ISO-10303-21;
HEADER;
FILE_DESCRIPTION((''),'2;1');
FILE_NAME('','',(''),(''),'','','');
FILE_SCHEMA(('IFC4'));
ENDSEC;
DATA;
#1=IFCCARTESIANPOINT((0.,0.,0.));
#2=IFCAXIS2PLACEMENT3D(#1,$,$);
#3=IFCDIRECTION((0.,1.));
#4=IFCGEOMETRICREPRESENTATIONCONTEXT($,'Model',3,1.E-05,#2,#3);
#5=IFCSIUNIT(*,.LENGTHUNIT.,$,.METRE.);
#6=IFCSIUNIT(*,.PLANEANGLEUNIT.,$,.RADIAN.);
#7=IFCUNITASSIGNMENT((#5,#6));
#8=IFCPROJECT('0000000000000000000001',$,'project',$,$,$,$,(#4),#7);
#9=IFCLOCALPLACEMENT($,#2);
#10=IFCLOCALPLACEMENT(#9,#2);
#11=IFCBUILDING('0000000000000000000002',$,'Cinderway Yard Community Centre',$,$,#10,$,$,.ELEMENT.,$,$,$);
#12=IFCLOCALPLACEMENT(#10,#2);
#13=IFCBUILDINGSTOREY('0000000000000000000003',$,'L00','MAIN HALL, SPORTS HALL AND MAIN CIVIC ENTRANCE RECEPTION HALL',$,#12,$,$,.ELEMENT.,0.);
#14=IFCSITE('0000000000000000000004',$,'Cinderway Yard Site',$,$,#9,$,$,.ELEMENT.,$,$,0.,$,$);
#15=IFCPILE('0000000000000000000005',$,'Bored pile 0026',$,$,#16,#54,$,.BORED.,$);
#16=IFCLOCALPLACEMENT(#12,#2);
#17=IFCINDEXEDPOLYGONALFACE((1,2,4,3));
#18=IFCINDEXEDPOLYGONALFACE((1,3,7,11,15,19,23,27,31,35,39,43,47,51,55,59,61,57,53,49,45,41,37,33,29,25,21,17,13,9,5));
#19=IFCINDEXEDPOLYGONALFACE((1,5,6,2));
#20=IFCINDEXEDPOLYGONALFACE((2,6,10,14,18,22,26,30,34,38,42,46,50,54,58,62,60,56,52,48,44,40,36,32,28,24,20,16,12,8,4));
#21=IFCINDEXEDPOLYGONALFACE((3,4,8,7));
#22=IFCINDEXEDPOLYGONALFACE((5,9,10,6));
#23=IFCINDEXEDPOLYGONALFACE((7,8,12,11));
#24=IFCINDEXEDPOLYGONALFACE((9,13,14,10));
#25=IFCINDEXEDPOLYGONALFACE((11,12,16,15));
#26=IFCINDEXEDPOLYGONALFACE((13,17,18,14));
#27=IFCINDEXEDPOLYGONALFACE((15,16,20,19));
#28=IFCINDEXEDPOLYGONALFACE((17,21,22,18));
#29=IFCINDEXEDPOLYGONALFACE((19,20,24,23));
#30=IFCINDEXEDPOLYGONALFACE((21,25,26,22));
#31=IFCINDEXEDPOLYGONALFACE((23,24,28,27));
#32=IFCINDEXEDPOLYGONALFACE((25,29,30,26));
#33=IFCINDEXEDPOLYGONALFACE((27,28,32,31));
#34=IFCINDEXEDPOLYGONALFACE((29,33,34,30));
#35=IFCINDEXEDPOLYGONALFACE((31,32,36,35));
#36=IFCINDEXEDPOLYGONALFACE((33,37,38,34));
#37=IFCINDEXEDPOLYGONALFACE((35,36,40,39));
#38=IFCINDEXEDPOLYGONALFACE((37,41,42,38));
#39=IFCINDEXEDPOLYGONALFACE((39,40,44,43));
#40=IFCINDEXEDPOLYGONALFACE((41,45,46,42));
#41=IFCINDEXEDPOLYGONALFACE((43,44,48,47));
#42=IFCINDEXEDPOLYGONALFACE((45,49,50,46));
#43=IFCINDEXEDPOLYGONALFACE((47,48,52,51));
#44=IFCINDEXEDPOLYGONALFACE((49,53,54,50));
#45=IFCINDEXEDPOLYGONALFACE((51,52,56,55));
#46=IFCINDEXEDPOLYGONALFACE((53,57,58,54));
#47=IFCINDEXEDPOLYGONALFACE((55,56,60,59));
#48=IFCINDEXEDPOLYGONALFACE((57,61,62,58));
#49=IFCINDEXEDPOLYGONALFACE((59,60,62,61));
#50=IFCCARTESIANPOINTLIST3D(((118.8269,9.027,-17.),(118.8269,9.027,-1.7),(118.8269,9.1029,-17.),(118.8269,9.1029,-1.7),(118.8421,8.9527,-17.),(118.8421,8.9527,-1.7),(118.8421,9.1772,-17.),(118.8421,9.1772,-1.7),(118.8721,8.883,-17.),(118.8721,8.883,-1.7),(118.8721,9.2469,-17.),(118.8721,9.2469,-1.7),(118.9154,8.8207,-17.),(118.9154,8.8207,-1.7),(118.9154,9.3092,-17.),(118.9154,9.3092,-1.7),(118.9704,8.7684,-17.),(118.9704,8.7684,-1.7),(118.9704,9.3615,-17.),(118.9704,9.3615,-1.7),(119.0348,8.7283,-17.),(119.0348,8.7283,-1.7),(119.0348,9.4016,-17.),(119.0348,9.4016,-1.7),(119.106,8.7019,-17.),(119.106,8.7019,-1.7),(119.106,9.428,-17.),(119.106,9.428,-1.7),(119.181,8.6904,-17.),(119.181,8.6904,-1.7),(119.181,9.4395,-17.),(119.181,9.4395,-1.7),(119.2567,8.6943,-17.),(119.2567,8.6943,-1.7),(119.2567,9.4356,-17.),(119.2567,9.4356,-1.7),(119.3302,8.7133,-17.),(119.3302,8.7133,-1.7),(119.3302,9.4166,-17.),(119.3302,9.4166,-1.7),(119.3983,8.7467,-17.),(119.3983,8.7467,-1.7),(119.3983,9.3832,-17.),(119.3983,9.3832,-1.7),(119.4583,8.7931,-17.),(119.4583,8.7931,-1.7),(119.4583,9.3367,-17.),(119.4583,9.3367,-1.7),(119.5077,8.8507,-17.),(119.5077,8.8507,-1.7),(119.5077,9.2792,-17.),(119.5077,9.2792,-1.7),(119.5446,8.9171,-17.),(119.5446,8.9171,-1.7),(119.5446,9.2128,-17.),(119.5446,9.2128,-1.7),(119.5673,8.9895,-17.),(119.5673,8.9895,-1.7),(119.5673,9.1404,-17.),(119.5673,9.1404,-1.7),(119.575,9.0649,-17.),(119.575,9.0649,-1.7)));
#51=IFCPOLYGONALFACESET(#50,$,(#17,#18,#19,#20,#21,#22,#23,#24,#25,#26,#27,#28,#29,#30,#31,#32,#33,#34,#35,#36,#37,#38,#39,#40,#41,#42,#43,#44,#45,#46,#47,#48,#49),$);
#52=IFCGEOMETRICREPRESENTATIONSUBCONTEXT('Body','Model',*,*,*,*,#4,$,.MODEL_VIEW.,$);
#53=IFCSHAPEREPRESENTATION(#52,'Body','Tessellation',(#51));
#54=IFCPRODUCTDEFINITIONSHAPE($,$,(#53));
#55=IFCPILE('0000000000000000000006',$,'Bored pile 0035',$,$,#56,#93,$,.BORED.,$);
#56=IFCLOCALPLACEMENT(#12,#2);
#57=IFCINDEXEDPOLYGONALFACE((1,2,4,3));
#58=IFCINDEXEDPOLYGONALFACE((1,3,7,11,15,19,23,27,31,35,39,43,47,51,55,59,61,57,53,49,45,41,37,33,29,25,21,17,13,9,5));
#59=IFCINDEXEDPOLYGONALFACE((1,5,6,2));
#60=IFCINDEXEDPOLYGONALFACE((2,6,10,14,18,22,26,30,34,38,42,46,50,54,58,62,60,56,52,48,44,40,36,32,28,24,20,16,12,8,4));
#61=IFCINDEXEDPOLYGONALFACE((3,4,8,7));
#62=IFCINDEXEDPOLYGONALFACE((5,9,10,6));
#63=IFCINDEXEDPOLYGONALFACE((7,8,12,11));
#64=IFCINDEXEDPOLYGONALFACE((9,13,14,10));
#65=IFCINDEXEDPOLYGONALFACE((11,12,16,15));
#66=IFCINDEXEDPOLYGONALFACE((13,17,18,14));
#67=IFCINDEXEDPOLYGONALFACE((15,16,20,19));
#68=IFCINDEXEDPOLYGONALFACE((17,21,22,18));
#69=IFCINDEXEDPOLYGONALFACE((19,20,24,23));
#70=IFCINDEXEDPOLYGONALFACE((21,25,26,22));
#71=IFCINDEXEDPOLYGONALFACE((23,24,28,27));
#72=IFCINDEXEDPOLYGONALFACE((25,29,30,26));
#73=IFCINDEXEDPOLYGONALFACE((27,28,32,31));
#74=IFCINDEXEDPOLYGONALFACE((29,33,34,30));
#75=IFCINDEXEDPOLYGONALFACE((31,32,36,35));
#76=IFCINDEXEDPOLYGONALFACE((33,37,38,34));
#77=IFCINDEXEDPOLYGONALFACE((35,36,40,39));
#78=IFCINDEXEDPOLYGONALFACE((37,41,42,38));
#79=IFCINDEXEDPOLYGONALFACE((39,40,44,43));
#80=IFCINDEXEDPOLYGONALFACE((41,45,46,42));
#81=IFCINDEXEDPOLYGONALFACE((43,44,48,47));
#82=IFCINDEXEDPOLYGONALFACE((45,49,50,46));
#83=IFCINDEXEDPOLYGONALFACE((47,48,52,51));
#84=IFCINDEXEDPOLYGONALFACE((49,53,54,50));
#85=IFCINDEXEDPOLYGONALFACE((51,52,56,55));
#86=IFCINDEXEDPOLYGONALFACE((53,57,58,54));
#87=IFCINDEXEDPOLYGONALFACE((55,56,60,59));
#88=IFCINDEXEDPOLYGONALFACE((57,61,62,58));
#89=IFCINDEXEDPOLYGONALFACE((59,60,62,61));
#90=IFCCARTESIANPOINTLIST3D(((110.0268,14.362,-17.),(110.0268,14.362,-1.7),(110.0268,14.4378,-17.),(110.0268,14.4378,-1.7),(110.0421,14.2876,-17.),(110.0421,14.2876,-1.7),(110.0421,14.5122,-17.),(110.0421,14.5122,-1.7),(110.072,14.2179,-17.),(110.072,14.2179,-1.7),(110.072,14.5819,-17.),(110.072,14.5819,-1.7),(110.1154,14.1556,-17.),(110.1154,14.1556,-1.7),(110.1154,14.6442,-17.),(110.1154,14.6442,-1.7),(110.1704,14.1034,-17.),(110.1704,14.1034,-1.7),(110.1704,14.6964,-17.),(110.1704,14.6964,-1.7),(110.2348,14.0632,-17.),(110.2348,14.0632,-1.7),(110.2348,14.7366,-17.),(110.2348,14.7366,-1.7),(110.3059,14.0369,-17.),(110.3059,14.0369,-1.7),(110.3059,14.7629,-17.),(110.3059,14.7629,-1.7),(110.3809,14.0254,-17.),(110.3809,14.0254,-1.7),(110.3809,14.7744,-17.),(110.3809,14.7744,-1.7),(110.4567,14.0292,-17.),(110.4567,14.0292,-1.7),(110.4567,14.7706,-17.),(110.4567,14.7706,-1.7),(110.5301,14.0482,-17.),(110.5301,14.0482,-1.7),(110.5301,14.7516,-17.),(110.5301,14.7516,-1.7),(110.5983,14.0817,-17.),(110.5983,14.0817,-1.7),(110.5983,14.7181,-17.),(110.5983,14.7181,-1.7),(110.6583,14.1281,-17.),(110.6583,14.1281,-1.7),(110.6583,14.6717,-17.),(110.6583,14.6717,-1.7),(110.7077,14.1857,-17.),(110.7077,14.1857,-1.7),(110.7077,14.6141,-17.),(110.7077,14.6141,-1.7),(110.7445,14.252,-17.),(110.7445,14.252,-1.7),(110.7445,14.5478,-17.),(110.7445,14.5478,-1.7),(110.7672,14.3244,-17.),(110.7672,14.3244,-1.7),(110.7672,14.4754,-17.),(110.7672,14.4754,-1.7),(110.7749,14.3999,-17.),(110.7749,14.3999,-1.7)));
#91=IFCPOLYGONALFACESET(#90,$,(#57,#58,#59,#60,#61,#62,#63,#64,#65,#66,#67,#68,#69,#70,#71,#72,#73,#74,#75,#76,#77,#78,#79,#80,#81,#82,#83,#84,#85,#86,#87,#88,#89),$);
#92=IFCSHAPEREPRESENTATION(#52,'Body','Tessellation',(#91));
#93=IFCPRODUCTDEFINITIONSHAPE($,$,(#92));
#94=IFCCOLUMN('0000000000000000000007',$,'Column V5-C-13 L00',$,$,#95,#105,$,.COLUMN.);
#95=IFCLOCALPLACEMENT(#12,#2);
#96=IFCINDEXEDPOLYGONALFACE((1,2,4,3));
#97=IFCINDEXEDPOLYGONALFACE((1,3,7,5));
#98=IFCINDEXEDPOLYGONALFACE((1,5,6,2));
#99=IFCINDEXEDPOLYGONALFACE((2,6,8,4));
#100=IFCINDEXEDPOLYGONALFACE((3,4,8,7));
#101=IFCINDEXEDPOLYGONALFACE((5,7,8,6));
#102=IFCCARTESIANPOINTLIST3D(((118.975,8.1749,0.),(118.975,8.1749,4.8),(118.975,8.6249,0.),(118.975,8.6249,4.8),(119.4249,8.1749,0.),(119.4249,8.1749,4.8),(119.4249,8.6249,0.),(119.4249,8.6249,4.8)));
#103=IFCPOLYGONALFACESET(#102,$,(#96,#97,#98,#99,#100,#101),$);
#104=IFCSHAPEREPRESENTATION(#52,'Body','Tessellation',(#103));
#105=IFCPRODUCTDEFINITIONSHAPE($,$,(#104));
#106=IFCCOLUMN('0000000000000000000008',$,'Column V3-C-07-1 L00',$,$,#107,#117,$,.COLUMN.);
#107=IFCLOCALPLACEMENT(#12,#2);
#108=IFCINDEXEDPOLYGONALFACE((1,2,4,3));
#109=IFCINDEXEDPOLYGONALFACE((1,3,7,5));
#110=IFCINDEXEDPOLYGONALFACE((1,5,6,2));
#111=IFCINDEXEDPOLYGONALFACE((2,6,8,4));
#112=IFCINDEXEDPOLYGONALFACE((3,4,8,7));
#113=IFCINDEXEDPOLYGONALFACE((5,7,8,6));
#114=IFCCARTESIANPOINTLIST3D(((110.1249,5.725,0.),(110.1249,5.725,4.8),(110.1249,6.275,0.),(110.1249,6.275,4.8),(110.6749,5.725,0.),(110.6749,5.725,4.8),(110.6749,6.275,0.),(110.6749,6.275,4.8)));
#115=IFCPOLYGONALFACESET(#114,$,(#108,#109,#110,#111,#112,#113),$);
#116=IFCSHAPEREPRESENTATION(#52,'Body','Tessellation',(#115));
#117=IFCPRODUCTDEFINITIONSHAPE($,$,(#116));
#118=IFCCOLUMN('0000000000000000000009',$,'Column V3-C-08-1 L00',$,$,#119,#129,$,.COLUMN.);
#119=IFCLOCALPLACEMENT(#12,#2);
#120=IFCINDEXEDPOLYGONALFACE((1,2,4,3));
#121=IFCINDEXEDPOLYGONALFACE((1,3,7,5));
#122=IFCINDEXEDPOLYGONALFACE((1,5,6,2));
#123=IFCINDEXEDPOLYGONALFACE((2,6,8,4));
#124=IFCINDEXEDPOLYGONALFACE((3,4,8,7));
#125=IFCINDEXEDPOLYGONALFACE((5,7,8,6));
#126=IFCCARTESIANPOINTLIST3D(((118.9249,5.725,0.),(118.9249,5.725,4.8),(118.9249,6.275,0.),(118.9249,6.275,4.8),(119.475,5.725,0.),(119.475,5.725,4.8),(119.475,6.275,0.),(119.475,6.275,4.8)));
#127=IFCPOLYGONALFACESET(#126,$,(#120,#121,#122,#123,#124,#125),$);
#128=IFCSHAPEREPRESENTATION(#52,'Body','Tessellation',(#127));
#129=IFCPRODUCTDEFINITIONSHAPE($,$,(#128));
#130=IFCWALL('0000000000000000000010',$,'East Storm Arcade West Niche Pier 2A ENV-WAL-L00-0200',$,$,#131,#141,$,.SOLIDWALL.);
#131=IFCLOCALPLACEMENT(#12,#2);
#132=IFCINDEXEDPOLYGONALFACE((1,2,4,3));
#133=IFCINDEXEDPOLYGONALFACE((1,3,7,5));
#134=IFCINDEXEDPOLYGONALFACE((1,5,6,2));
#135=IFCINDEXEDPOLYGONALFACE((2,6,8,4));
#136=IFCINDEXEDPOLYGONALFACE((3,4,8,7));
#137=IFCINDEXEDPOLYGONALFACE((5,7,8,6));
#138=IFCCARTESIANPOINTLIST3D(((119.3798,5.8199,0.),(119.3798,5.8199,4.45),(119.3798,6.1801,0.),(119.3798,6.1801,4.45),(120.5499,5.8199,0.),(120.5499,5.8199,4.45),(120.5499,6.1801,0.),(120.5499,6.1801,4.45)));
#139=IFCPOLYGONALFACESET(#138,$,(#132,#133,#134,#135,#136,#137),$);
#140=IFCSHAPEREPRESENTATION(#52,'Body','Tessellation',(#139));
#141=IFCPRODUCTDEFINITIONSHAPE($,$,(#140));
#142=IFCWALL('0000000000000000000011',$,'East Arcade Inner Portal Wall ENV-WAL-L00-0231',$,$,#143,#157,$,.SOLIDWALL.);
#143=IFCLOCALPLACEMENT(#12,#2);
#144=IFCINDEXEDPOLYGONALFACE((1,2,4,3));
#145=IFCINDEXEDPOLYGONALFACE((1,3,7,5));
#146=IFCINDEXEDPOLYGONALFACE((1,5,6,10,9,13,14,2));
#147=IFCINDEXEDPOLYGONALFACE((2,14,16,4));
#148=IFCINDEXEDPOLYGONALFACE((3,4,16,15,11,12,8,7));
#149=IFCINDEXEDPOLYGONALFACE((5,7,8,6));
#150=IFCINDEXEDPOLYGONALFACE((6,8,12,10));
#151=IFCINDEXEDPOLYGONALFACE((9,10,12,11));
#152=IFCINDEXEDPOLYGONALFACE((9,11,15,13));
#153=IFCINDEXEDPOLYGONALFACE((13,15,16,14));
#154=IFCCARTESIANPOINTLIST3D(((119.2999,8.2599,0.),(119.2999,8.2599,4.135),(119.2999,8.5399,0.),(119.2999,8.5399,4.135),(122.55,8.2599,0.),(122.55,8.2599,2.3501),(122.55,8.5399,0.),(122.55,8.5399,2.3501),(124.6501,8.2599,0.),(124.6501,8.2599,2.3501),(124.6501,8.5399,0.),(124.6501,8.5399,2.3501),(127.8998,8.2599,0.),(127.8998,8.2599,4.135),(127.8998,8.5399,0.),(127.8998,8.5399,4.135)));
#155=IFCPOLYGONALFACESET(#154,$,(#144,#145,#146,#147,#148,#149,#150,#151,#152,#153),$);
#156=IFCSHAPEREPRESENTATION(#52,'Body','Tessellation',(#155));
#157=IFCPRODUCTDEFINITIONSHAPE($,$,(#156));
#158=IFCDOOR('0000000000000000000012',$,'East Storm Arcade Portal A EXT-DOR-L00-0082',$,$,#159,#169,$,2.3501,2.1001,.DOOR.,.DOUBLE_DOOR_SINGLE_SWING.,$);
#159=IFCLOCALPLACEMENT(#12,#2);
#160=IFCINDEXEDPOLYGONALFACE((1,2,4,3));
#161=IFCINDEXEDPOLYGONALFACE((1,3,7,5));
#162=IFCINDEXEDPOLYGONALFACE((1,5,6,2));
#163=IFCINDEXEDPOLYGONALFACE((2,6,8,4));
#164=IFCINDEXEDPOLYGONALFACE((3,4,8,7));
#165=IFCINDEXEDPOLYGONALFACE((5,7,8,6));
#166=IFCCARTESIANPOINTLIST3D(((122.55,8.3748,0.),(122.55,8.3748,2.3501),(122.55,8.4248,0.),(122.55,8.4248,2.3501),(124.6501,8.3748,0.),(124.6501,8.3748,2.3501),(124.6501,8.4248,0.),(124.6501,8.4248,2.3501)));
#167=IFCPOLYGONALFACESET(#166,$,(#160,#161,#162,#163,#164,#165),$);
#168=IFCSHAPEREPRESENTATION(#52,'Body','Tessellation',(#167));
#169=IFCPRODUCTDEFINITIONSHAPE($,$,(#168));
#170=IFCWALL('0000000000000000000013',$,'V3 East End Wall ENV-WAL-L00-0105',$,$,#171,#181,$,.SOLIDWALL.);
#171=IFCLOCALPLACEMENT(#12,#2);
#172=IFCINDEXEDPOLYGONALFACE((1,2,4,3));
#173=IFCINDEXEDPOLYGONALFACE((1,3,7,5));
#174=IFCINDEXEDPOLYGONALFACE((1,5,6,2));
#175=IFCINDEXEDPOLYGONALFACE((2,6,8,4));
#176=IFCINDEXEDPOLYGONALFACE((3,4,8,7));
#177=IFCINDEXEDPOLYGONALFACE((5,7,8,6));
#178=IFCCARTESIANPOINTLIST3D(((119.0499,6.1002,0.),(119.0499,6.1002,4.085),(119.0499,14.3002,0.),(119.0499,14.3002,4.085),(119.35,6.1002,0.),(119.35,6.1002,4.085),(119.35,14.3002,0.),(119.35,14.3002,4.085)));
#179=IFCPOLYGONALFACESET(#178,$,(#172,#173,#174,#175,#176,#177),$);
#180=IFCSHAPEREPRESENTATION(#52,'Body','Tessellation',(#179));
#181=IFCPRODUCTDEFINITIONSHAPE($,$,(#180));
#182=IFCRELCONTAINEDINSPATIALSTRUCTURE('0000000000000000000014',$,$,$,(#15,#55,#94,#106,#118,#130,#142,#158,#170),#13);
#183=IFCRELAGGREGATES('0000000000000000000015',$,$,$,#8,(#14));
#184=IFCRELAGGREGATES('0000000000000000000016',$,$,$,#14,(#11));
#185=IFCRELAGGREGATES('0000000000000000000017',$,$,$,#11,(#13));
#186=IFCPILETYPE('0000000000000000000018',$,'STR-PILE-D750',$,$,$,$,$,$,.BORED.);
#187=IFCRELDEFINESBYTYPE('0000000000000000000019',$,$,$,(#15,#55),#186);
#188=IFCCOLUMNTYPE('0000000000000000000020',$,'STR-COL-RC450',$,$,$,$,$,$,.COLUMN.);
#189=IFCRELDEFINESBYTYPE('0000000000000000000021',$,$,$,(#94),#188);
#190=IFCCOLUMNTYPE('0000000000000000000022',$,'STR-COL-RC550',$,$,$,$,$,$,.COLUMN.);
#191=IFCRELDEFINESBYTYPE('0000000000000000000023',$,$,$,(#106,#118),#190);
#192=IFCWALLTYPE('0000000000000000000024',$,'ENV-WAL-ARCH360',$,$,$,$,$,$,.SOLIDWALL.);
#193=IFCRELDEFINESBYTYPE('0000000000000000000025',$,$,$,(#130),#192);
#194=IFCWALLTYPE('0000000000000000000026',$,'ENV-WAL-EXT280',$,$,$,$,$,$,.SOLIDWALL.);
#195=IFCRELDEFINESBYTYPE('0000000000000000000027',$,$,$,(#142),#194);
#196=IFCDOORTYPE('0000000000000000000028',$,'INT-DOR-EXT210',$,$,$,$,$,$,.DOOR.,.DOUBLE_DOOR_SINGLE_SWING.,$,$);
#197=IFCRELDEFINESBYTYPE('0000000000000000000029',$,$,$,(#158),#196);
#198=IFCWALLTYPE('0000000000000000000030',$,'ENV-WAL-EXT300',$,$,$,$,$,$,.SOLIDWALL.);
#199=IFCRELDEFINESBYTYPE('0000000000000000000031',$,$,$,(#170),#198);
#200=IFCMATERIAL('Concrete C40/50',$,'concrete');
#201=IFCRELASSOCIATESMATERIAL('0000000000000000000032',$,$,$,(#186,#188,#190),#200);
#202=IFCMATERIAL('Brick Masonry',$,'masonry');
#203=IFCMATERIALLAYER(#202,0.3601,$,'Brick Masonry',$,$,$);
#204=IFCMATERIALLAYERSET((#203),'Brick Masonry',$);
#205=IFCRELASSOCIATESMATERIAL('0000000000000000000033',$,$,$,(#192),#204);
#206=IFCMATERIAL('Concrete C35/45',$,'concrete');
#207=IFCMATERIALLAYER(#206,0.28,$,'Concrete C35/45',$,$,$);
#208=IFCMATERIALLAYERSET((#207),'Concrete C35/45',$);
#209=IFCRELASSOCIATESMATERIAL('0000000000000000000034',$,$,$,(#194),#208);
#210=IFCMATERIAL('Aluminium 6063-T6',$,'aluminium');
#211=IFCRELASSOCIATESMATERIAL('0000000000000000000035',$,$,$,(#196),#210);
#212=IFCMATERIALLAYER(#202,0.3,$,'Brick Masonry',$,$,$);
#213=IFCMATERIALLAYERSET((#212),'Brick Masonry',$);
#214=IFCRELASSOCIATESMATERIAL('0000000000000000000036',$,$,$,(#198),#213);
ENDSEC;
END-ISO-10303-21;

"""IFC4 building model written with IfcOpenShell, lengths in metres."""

from ifc_helpers import new_model, si_unit, direction, frame, frame_2d, origin, origin_2d, place, context, subcontext, project, spatial, rectangle, circle, extrude, material, layer, layer_set, material_profile, profile_set, type_object, element, fill, save


model = new_model("IFC4")

# Units and contexts
model_context = context("Model", 3, precision=1e-05, world=origin(), true_north=direction((0.0, 1.0)))
body_context = subcontext(model_context, "Body", "Model", "MODEL_VIEW")
ifc_project = project(units=[si_unit("LENGTHUNIT", "METRE"), si_unit("PLANEANGLEUNIT", "RADIAN")], contexts=[model_context])

# Site, building, storey
site_placement = place(None, origin())
site = spatial("IfcSite", under=ifc_project, at=site_placement, Name="Cinderway Yard Site", CompositionType="ELEMENT", RefElevation=0.0)
building_placement = place(site_placement, origin())
building = spatial("IfcBuilding", under=site, at=building_placement, Name="Cinderway Yard Community Centre", CompositionType="ELEMENT")
storey_placement = place(building_placement, origin())
storey = spatial("IfcBuildingStorey", under=building, at=storey_placement, Name="L00", Description="MAIN HALL, SPORTS HALL AND MAIN CIVIC ENTRANCE RECEPTION HALL", CompositionType="ELEMENT", Elevation=0.0)

# Shared definitions
ifc_material_1 = material(Name="Concrete C40/50", Category="concrete")

# Piles
ifc_material_profile_1 = material_profile(ifc_material_1, circle(Radius=0.375, at=origin_2d()), Name="Concrete C40/50")
ifc_profile_set_1 = profile_set([ifc_material_profile_1], Name="Concrete C40/50")
pile_type_1 = type_object("IfcPileType", Name="STR-PILE-D750", PredefinedType="BORED", material=ifc_profile_set_1)
for number, where, z_axis, x_axis, name in (
    (1, (119.2, 9.0649, -1.7), (0.0, 0.0, -1.0), (1.0, 0.0, 0.0), "Bored pile 0026"),
    (2, (110.3999, 14.3999, -1.7), (0.0, 0.0, -1.0), (1.0, 0.0, 0.0), "Bored pile 0035"),
):
    element("IfcPile", number, at=place(storey_placement, frame(where, z_axis=z_axis, x_axis=x_axis)), inside=storey, type_object=pile_type_1, Name=name, PredefinedType="BORED", context=body_context, shape_type="SweptSolid", body=[
        extrude(circle(Radius=0.375, at=origin_2d()), origin(), (0.0, 0.0, 1.0), 15.3),
    ])

# Columns
ifc_material_profile_2 = material_profile(ifc_material_1, rectangle(XDim=0.45, YDim=0.45, at=origin_2d()), Name="Concrete C40/50")
ifc_profile_set_2 = profile_set([ifc_material_profile_2], Name="Concrete C40/50")
column_type_1 = type_object("IfcColumnType", Name="STR-COL-RC450", PredefinedType="COLUMN", material=ifc_profile_set_2)
column_placement = place(storey_placement, frame((119.2, 8.3999, 0.0), z_axis=(0.0, 0.0, 1.0), x_axis=(1.0, 0.0, 0.0)))
element("IfcColumn", 3, at=column_placement, inside=storey, type_object=column_type_1, Name="Column V5-C-13 L00", PredefinedType="COLUMN", context=body_context, shape_type="SweptSolid", body=[
    extrude(rectangle(XDim=0.45, YDim=0.45, at=origin_2d()), origin(), (0.0, 0.0, 1.0), 4.8),
])
ifc_material_profile_3 = material_profile(ifc_material_1, rectangle(XDim=0.55, YDim=0.55, at=origin_2d()), Name="Concrete C40/50")
ifc_profile_set_3 = profile_set([ifc_material_profile_3], Name="Concrete C40/50")
column_type_2 = type_object("IfcColumnType", Name="STR-COL-RC550", PredefinedType="COLUMN", material=ifc_profile_set_3)
for number, where, z_axis, x_axis, name in (
    (4, (110.3999, 6.0, 0.0), (0.0, 0.0, 1.0), (1.0, 0.0, 0.0), "Column V3-C-07-1 L00"),
    (5, (119.2, 6.0, 0.0), (0.0, 0.0, 1.0), (1.0, 0.0, 0.0), "Column V3-C-08-1 L00"),
):
    element("IfcColumn", number, at=place(storey_placement, frame(where, z_axis=z_axis, x_axis=x_axis)), inside=storey, type_object=column_type_2, Name=name, PredefinedType="COLUMN", context=body_context, shape_type="SweptSolid", body=[
        extrude(rectangle(XDim=0.55, YDim=0.55, at=origin_2d()), origin(), (0.0, 0.0, 1.0), 4.8),
    ])

# Wall
ifc_material_2 = material(Name="Brick Masonry", Category="masonry")
ifc_layer_1 = layer(ifc_material_2, 0.3601, Name="Brick Masonry")
ifc_layer_set_1 = layer_set([ifc_layer_1], Name="Brick Masonry")
wall_type_1 = type_object("IfcWallType", Name="ENV-WAL-ARCH360", PredefinedType="SOLIDWALL", material=ifc_layer_set_1)
wall_1_placement = place(storey_placement, frame((119.3799, 6.0, 0.0), z_axis=(0.0, 0.0, 1.0), x_axis=(1.0, 0.0, 0.0)))
element("IfcWall", 6, at=wall_1_placement, inside=storey, type_object=wall_type_1, Name="East Storm Arcade West Niche Pier 2A ENV-WAL-L00-0200", PredefinedType="SOLIDWALL", context=body_context, shape_type="SweptSolid", body=[
    extrude(rectangle(XDim=1.1702, YDim=0.3601, at=frame_2d((0.585, 0.0))), origin(), (0.0, 0.0, 1.0), 4.45),
])

# Wall, opening, door
ifc_material_3 = material(Name="Concrete C35/45", Category="concrete")
ifc_layer_2 = layer(ifc_material_3, 0.28, Name="Concrete C35/45")
ifc_layer_set_2 = layer_set([ifc_layer_2], Name="Concrete C35/45")
wall_type_2 = type_object("IfcWallType", Name="ENV-WAL-EXT280", PredefinedType="SOLIDWALL", material=ifc_layer_set_2)
wall_2_placement = place(storey_placement, frame((119.3, 8.3999, 0.0), z_axis=(0.0, 0.0, 1.0), x_axis=(1.0, 0.0, 0.0)))
wall_2 = element("IfcWall", 7, at=wall_2_placement, inside=storey, type_object=wall_type_2, Name="East Arcade Inner Portal Wall ENV-WAL-L00-0231", PredefinedType="SOLIDWALL", context=body_context, shape_type="SweptSolid", body=[
    extrude(rectangle(XDim=8.5999, YDim=0.28, at=frame_2d((4.2998, 0.0))), origin(), (0.0, 0.0, 1.0), 4.135),
])
opening_placement = place(wall_2_placement, frame((3.25, 0.0, 0.0)))
opening = element("IfcOpeningElement", 8, at=opening_placement, cuts=wall_2, PredefinedType="OPENING", context=body_context, shape_type="SweptSolid", body=[
    extrude(rectangle(XDim=2.1001, YDim=2.3501, at=frame_2d((1.05, 1.175))), frame((0.0, 0.1499, 0.0), z_axis=(0.0, -1.0, 0.0), x_axis=(1.0, 0.0, 0.0)), (0.0, 0.0, 1.0), 0.3),
])
ifc_material_4 = material(Name="Aluminium 6063-T6", Category="aluminium")
door_type = type_object("IfcDoorType", Name="INT-DOR-EXT210", OperationType="DOUBLE_DOOR_SINGLE_SWING", PredefinedType="DOOR", material=ifc_material_4)
door_placement = place(opening_placement, origin())
door = element("IfcDoor", 9, at=door_placement, inside=storey, type_object=door_type, Name="East Storm Arcade Portal A EXT-DOR-L00-0082", OperationType="DOUBLE_DOOR_SINGLE_SWING", OverallHeight=2.3501, OverallWidth=2.1001, PredefinedType="DOOR", context=body_context, shape_type="SweptSolid", body=[
    extrude(rectangle(XDim=2.1001, YDim=2.3501, at=frame_2d((1.05, 1.175))), frame((0.0, 0.0249, 0.0), z_axis=(0.0, -1.0, 0.0), x_axis=(1.0, 0.0, 0.0)), (0.0, 0.0, 1.0), 0.05),
])
fill(opening, door)

# Wall
ifc_layer_3 = layer(ifc_material_2, 0.3, Name="Brick Masonry")
ifc_layer_set_3 = layer_set([ifc_layer_3], Name="Brick Masonry")
wall_type_3 = type_object("IfcWallType", Name="ENV-WAL-EXT300", PredefinedType="SOLIDWALL", material=ifc_layer_set_3)
wall_3_placement = place(storey_placement, frame((119.2, 6.1001, 0.0), z_axis=(0.0, 0.0, 1.0), x_axis=(0.0, 1.0, 0.0)))
element("IfcWall", 10, at=wall_3_placement, inside=storey, type_object=wall_type_3, Name="V3 East End Wall ENV-WAL-L00-0105", PredefinedType="SOLIDWALL", context=body_context, shape_type="SweptSolid", body=[
    extrude(rectangle(XDim=8.2, YDim=0.3, at=frame_2d((4.1001, 0.0))), origin(), (0.0, 0.0, 1.0), 4.085),
])

save(model, "model.ifc")
